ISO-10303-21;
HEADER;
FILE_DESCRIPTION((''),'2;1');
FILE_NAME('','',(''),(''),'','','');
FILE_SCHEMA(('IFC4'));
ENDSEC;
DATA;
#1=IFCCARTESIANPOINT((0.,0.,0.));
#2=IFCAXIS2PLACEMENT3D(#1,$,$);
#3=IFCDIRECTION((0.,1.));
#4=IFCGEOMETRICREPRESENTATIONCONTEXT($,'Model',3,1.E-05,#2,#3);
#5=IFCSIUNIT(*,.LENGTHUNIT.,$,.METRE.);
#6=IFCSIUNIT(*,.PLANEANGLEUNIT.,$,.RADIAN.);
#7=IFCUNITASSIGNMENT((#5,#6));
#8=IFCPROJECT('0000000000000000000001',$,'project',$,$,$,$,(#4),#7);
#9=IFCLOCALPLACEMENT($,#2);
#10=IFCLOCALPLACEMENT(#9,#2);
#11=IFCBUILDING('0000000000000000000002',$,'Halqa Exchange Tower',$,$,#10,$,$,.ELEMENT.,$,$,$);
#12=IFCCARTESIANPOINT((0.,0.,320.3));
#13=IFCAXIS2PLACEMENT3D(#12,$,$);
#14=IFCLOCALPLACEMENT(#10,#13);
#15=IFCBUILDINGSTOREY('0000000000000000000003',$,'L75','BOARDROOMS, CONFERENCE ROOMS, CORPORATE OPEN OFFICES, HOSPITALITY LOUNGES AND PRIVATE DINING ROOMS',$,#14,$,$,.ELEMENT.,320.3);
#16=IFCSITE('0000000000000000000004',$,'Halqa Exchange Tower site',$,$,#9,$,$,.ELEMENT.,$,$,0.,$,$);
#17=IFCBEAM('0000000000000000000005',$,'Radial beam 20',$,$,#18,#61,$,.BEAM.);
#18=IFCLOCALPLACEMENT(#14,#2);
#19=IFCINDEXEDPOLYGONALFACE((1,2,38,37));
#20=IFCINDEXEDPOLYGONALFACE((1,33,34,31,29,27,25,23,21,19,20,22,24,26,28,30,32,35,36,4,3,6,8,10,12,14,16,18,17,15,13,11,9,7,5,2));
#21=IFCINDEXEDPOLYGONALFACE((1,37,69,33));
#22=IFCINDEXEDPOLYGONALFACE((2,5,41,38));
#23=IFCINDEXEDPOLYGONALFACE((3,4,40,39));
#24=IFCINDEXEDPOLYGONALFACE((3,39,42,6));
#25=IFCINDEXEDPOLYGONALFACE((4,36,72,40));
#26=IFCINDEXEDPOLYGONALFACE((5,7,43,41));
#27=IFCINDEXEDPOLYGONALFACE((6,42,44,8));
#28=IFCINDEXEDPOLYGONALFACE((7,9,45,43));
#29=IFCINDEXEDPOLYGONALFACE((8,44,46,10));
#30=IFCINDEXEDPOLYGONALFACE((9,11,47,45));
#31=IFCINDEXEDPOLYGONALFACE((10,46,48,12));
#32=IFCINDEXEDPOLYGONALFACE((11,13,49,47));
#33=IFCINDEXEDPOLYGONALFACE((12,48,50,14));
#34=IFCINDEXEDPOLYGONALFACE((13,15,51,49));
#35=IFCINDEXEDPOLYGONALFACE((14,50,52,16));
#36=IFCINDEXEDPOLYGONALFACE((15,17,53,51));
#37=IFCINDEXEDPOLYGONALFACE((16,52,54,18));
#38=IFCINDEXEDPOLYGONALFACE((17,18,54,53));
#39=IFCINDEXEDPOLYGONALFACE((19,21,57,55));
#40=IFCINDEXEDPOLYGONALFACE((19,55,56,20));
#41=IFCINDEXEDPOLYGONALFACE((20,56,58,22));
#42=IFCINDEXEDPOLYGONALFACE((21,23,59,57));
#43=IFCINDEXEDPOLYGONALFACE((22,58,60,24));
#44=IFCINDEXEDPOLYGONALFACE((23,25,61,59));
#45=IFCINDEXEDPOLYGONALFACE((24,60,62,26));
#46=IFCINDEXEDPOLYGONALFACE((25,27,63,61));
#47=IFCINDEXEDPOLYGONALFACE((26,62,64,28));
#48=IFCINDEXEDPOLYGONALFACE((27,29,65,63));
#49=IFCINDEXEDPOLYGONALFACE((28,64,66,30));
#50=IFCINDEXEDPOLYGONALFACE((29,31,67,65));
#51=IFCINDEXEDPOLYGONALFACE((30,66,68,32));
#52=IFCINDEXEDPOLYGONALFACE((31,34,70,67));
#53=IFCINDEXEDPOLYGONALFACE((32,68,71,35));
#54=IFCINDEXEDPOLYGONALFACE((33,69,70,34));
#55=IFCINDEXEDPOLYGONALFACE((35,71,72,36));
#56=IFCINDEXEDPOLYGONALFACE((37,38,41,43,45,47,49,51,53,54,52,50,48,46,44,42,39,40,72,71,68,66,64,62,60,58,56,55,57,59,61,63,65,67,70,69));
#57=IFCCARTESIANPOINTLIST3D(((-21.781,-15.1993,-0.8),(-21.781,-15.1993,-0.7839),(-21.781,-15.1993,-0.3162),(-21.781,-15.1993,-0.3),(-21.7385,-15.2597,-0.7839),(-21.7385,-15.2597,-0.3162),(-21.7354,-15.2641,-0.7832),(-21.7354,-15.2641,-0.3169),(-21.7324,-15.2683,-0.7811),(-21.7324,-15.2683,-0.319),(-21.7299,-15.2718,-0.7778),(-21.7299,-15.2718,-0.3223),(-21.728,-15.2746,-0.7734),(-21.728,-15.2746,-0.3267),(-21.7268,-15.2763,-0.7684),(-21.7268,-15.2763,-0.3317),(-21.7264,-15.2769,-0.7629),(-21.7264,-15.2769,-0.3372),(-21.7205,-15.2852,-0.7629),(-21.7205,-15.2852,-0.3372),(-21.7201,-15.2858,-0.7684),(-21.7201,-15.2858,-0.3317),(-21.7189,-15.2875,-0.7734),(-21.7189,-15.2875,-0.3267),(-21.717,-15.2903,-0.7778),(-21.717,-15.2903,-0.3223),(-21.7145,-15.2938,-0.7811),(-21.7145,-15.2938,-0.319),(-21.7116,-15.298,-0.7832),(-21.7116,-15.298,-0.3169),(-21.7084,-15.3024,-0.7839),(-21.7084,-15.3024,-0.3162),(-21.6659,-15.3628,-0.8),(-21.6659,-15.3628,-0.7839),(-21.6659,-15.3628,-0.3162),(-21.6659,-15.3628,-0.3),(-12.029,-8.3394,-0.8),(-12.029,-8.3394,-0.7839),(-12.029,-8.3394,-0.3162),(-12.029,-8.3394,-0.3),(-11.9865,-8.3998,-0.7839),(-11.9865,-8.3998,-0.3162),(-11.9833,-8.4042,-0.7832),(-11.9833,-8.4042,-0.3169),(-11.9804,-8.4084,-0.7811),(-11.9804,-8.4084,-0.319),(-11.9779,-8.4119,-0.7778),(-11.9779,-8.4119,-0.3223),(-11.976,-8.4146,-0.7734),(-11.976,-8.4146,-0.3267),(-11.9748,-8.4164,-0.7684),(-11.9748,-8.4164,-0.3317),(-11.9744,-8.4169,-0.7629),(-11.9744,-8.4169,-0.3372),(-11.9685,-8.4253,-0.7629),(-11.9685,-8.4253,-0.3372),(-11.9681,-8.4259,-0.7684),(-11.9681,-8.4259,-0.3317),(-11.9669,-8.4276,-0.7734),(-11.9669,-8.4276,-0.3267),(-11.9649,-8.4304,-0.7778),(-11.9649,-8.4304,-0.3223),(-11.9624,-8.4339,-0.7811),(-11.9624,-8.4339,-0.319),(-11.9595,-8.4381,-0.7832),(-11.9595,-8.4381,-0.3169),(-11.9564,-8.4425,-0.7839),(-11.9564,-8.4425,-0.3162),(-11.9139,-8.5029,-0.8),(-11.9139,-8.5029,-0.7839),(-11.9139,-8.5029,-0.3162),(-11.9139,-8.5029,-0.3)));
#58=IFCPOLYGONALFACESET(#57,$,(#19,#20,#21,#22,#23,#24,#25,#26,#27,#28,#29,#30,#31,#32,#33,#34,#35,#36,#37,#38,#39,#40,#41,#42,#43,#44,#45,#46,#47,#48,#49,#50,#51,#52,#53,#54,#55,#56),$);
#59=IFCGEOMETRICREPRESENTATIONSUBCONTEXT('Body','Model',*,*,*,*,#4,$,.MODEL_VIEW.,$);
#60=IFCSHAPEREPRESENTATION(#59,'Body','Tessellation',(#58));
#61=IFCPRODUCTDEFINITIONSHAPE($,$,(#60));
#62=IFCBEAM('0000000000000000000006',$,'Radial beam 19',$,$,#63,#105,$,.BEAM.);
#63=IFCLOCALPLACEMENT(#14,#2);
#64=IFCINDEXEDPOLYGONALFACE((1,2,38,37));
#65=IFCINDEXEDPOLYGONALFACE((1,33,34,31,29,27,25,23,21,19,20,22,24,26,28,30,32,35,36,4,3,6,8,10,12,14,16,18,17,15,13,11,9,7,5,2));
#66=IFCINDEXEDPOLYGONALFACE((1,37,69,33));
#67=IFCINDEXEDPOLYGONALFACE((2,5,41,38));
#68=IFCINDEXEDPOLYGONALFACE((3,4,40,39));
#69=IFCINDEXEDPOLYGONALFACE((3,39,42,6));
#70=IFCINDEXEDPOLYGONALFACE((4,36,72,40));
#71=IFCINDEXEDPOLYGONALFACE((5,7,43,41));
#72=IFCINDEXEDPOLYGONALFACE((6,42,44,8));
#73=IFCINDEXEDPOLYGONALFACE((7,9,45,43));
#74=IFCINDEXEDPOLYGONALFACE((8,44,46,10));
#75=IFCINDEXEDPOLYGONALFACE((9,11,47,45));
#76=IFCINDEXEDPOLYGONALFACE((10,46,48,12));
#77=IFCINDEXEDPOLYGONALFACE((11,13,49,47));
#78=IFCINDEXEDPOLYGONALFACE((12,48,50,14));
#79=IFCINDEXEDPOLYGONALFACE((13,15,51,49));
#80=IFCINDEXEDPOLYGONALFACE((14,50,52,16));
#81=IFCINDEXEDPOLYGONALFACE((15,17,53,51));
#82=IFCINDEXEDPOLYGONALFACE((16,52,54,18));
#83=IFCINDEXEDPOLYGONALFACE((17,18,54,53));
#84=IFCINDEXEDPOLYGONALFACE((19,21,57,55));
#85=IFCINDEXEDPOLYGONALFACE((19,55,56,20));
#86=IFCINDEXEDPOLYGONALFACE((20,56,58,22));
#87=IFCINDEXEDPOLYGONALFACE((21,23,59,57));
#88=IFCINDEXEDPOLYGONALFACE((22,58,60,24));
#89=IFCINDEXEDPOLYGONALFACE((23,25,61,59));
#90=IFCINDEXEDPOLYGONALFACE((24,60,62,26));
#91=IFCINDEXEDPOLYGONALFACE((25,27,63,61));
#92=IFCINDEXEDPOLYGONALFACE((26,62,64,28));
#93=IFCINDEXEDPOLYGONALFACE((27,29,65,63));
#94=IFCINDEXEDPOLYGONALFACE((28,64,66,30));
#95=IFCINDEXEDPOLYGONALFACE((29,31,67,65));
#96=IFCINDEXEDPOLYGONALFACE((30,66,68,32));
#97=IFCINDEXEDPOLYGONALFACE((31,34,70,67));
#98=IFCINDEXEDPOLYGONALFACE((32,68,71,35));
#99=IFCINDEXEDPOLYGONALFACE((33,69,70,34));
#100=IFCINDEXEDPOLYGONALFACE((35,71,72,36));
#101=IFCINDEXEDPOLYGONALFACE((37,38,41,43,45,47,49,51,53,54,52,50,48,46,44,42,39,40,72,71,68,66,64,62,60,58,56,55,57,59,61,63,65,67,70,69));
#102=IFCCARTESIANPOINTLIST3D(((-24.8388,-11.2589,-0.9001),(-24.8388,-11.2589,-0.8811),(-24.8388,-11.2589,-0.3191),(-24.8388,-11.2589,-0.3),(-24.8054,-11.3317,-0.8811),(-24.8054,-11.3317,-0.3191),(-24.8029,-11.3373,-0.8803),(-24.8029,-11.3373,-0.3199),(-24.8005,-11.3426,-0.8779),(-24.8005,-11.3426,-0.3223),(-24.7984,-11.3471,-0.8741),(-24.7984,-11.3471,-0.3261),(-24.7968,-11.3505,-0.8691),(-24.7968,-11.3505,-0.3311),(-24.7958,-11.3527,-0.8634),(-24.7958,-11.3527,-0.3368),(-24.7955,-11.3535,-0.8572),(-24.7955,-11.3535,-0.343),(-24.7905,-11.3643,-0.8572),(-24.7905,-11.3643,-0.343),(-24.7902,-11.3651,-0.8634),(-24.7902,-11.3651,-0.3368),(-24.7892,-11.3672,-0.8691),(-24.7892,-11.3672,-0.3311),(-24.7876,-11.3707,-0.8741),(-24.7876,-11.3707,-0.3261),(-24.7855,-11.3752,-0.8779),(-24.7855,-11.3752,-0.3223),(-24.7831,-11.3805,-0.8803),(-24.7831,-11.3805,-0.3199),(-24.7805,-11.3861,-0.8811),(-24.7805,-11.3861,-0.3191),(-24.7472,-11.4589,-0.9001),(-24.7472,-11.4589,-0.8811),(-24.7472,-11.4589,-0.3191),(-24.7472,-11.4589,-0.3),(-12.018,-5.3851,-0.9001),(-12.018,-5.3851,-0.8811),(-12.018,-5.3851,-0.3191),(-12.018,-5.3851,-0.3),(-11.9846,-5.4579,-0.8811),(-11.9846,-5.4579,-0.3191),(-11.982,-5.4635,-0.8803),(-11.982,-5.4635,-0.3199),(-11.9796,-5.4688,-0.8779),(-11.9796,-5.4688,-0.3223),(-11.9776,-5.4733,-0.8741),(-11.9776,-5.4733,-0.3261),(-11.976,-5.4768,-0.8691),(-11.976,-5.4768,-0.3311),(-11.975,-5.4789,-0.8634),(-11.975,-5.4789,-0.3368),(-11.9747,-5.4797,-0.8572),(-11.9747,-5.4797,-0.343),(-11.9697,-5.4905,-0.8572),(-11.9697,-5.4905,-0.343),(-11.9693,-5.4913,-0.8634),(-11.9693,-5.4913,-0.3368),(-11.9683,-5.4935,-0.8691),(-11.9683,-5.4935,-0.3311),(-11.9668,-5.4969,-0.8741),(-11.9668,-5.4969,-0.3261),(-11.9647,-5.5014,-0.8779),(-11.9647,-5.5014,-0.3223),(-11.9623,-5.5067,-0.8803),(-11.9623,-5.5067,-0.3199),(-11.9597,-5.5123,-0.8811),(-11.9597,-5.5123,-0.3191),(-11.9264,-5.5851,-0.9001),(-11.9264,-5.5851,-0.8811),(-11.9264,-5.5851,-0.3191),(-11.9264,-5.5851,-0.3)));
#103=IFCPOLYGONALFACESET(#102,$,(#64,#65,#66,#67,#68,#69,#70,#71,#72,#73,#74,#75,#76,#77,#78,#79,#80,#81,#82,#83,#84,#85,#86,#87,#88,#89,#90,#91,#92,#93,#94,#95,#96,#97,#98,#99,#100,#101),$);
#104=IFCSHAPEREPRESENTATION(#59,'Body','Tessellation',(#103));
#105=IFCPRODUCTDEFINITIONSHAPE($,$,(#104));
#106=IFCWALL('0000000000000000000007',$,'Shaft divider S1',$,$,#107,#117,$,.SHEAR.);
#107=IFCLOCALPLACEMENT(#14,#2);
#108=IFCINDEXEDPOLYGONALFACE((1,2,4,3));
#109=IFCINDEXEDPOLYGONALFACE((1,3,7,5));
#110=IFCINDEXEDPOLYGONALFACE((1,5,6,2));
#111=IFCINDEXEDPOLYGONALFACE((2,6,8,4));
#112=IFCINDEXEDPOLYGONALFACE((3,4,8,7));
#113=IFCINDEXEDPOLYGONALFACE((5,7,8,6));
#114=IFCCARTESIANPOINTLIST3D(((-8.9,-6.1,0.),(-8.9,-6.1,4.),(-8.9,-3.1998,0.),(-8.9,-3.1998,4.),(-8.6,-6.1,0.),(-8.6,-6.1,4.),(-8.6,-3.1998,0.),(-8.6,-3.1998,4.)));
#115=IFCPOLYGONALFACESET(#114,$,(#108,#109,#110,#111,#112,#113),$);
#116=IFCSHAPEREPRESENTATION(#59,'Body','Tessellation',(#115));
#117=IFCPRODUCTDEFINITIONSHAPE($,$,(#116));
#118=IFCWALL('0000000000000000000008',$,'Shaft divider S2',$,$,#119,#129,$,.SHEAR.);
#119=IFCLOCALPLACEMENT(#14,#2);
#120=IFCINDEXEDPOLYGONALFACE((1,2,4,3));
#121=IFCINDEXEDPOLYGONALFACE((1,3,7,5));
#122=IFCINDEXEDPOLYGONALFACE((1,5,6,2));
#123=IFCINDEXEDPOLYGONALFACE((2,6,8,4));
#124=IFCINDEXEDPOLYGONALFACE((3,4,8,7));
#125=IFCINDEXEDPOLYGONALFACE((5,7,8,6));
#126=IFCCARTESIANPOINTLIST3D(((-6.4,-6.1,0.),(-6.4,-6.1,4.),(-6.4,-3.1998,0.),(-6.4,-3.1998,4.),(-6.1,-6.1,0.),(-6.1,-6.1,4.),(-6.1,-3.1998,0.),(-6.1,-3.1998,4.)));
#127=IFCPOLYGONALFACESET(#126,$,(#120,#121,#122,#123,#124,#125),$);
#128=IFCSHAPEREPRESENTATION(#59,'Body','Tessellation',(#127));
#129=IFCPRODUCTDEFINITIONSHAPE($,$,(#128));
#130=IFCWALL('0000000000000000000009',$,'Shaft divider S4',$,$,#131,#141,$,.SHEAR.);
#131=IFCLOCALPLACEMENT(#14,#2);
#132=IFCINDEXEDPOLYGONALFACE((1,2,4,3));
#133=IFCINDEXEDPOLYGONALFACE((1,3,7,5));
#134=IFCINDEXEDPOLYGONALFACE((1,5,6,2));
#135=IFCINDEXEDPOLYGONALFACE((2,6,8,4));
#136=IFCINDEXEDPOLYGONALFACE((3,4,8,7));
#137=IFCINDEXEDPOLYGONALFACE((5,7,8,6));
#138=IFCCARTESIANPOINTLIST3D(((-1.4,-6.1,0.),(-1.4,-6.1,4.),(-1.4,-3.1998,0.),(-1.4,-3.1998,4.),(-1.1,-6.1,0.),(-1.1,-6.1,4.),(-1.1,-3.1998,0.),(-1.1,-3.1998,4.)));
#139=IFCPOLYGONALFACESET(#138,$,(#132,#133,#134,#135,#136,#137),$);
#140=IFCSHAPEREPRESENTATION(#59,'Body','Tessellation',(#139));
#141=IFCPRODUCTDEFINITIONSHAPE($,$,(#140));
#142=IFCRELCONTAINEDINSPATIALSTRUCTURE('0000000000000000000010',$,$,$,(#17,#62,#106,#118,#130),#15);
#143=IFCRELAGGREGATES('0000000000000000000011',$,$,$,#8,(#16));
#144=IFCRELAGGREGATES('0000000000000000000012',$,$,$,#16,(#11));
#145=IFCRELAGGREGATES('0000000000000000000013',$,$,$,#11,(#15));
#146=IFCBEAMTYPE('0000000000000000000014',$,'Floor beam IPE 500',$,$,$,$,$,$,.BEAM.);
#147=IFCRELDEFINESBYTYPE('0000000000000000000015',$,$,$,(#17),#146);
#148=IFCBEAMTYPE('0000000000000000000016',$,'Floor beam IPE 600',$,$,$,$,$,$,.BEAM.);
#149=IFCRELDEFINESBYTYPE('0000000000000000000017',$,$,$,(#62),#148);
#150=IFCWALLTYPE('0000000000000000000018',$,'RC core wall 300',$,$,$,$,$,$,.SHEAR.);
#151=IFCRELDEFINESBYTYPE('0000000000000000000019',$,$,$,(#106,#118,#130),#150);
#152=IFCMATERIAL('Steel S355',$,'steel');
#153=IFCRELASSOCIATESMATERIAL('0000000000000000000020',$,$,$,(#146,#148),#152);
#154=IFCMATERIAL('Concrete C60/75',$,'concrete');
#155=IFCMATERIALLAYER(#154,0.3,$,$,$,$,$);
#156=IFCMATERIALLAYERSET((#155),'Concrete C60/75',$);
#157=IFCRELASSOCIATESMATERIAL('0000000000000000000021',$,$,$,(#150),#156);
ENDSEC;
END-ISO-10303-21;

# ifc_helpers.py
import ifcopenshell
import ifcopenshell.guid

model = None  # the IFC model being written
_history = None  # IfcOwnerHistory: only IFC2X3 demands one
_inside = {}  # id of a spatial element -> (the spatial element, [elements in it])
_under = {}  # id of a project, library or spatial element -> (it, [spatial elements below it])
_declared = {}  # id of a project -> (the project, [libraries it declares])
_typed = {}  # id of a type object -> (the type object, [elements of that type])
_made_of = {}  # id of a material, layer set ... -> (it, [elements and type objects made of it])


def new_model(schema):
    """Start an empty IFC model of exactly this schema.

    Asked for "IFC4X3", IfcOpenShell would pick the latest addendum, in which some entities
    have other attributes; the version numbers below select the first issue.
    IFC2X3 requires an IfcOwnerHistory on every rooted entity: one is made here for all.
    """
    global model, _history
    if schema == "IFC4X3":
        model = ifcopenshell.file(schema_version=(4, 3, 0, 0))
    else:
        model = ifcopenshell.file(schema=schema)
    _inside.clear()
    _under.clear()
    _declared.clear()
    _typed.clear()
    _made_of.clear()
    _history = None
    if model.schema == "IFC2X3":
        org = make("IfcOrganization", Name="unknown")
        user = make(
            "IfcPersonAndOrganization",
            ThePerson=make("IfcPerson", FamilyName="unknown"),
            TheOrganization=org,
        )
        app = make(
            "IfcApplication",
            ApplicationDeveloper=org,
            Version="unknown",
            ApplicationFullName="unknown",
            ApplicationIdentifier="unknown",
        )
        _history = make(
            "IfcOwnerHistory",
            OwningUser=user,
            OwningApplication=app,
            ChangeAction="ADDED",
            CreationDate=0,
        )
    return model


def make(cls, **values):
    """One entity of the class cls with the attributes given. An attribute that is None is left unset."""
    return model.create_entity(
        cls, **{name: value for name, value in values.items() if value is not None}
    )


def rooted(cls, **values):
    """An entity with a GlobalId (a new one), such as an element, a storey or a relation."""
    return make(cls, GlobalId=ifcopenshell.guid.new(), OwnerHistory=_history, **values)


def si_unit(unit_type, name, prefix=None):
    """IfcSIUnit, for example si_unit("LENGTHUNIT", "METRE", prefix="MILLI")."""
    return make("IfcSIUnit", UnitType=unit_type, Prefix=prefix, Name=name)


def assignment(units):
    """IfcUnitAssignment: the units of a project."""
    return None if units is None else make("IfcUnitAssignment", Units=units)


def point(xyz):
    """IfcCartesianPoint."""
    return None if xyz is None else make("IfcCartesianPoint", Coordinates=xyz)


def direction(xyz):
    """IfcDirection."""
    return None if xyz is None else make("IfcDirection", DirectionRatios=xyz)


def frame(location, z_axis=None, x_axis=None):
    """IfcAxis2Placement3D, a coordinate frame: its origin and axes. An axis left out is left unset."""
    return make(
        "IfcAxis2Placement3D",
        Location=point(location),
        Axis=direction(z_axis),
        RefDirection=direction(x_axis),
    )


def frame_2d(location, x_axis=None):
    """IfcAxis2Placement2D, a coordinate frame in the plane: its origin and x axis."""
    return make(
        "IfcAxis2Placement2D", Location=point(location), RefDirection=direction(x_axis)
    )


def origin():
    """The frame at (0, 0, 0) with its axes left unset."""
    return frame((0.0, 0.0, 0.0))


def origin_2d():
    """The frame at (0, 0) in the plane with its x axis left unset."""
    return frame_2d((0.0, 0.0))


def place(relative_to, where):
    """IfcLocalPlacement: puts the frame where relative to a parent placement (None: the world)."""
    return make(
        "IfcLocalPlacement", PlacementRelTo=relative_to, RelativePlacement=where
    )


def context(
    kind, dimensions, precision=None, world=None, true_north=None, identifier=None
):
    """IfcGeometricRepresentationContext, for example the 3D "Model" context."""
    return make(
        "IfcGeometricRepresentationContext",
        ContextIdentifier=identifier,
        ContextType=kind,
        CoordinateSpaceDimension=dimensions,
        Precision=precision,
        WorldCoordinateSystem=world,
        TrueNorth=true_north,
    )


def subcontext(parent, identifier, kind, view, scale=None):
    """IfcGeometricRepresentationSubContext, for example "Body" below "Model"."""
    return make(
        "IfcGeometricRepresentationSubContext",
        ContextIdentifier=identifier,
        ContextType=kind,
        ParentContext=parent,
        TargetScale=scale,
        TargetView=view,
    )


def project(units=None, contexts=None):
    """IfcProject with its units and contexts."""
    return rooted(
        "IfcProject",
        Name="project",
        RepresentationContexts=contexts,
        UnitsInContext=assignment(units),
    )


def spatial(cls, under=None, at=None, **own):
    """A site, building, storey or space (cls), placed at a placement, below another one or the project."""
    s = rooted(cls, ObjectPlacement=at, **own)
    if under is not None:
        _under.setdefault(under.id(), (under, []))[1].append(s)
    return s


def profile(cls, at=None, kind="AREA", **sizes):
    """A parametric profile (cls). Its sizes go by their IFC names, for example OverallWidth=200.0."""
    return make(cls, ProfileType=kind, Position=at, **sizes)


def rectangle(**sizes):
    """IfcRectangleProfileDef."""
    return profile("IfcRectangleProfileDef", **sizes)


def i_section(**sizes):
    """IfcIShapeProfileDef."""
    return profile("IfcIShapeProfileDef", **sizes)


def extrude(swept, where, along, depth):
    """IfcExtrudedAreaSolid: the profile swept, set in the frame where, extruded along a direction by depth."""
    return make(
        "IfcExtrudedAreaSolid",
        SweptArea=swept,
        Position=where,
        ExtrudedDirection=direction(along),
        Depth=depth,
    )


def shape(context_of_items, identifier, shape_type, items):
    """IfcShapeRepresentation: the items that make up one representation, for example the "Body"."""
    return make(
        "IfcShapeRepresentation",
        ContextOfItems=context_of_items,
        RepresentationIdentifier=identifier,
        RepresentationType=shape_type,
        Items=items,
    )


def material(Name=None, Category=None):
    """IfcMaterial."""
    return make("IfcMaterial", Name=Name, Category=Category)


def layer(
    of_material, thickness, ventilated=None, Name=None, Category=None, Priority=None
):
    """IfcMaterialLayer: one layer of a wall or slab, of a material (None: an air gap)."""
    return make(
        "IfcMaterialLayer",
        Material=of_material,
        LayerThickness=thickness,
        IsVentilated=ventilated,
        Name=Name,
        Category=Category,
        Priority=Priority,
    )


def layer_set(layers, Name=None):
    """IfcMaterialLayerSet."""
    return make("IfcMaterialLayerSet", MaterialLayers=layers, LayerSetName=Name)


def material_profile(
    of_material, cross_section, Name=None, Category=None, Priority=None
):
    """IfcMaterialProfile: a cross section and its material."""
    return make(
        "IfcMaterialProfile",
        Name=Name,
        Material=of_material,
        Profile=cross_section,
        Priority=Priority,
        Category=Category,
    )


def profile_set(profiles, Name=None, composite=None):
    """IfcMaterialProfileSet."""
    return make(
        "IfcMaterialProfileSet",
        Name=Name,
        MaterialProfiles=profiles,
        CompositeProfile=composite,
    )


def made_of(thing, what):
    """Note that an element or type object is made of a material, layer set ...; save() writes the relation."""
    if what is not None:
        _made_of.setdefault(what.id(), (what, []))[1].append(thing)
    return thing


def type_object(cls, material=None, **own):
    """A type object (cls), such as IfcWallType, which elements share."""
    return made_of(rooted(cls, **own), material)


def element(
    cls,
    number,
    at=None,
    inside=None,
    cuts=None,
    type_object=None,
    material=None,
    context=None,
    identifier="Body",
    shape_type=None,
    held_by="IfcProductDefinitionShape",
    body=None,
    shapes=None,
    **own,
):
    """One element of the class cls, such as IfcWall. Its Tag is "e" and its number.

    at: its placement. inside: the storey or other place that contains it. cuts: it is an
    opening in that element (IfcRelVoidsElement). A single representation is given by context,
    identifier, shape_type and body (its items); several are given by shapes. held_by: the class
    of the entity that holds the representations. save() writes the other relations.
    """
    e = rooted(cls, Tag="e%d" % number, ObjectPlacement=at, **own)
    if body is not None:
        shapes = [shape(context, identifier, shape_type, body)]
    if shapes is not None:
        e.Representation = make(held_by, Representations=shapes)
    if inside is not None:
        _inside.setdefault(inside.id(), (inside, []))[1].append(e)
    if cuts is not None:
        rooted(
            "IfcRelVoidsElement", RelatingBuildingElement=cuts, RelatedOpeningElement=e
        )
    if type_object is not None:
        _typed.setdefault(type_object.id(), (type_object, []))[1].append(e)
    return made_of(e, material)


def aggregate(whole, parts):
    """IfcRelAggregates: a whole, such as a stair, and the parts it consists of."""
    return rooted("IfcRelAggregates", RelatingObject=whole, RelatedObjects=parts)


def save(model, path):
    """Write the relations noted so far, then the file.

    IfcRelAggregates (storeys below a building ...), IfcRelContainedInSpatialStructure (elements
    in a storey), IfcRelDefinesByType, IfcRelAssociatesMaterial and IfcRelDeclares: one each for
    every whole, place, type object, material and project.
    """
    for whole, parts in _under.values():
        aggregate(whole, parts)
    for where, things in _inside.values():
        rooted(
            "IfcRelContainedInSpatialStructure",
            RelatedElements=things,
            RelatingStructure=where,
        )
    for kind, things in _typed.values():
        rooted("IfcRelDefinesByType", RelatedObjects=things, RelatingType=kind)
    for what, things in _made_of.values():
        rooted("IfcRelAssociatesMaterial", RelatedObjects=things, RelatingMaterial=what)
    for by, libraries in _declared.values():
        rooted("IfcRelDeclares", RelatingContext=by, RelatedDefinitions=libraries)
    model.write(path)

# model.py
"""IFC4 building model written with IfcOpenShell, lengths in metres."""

from ifc_helpers import new_model, si_unit, direction, frame, frame_2d, origin, origin_2d, place, context, subcontext, project, spatial, rectangle, i_section, extrude, material, layer, layer_set, material_profile, profile_set, type_object, element, save


model = new_model("IFC4")

# Units and contexts
model_context = context("Model", 3, precision=1e-05, world=origin(), true_north=direction((0.0, 1.0)))
body_context = subcontext(model_context, "Body", "Model", "MODEL_VIEW")
ifc_project = project(units=[si_unit("LENGTHUNIT", "METRE"), si_unit("PLANEANGLEUNIT", "RADIAN")], contexts=[model_context])

# Site, building, storey
site_placement = place(None, origin())
site = spatial("IfcSite", under=ifc_project, at=site_placement, Name="Halqa Exchange Tower site", CompositionType="ELEMENT", RefElevation=0.0)
building_placement = place(site_placement, origin())
building = spatial("IfcBuilding", under=site, at=building_placement, Name="Halqa Exchange Tower", CompositionType="ELEMENT")
storey_placement = place(building_placement, frame((0.0, 0.0, 320.3)))
storey = spatial("IfcBuildingStorey", under=building, at=storey_placement, Name="L75", Description="BOARDROOMS, CONFERENCE ROOMS, CORPORATE OPEN OFFICES, HOSPITALITY LOUNGES AND PRIVATE DINING ROOMS", CompositionType="ELEMENT", Elevation=320.3)

# Beams
ifc_material_1 = material(Name="Steel S355", Category="steel")
ifc_material_profile_1 = material_profile(ifc_material_1, i_section(OverallWidth=0.2, OverallDepth=0.5, WebThickness=0.0103, FlangeThickness=0.0161, FilletRadius=0.021, at=origin_2d()), Name="IPE 500")
ifc_profile_set_1 = profile_set([ifc_material_profile_1], Name="Steel S355")
beam_type_1 = type_object("IfcBeamType", Name="Floor beam IPE 500", PredefinedType="BEAM", material=ifc_profile_set_1)
beam_1_placement = place(storey_placement, frame((-11.9714, -8.4211, -0.55), z_axis=(-0.81791, -0.575346, 0.0), x_axis=(0.575346, -0.81791, 0.0)))
element("IfcBeam", 1, at=beam_1_placement, inside=storey, type_object=beam_type_1, Name="Radial beam 20", PredefinedType="BEAM", context=body_context, shape_type="SweptSolid", body=[
    extrude(i_section(OverallWidth=0.2, OverallDepth=0.5, WebThickness=0.0103, FlangeThickness=0.0161, FilletRadius=0.021, at=origin_2d()), origin(), (0.0, 0.0, 1.0), 11.9231),
])
ifc_material_profile_2 = material_profile(ifc_material_1, i_section(OverallWidth=0.22, OverallDepth=0.6001, WebThickness=0.012, FlangeThickness=0.019, FilletRadius=0.0239, at=origin_2d()), Name="IPE 600")
ifc_profile_set_2 = profile_set([ifc_material_profile_2], Name="Steel S355")
beam_type_2 = type_object("IfcBeamType", Name="Floor beam IPE 600", PredefinedType="BEAM", material=ifc_profile_set_2)
beam_2_placement = place(storey_placement, frame((-11.9722, -5.4851, -0.6001), z_axis=(-0.90913, -0.416513, 0.0), x_axis=(0.416513, -0.90913, 0.0)))
element("IfcBeam", 2, at=beam_2_placement, inside=storey, type_object=beam_type_2, Name="Radial beam 19", PredefinedType="BEAM", context=body_context, shape_type="SweptSolid", body=[
    extrude(i_section(OverallWidth=0.22, OverallDepth=0.6001, WebThickness=0.012, FlangeThickness=0.019, FilletRadius=0.0239, at=origin_2d()), origin(), (0.0, 0.0, 1.0), 14.1023),
])

# Walls
ifc_material_2 = material(Name="Concrete C60/75", Category="concrete")
ifc_layer_1 = layer(ifc_material_2, 0.3)
ifc_layer_set_1 = layer_set([ifc_layer_1], Name="Concrete C60/75")
wall_type_1 = type_object("IfcWallType", Name="RC core wall 300", PredefinedType="SHEAR", material=ifc_layer_set_1)
for number, where, z_axis, x_axis, name in (
    (3, (-8.75, -6.1001, 0.0), (0.0, 0.0, 1.0), (0.0, 1.0, 0.0), "Shaft divider S1"),
    (4, (-6.25, -6.1001, 0.0), (0.0, 0.0, 1.0), (0.0, 1.0, 0.0), "Shaft divider S2"),
    (5, (-1.25, -6.1001, 0.0), (0.0, 0.0, 1.0), (0.0, 1.0, 0.0), "Shaft divider S4"),
):
    element("IfcWall", number, at=place(storey_placement, frame(where, z_axis=z_axis, x_axis=x_axis)), inside=storey, type_object=wall_type_1, Name=name, PredefinedType="SHEAR", context=body_context, shape_type="SweptSolid", body=[
        extrude(rectangle(XDim=2.9001, YDim=0.3, at=frame_2d((1.4502, 0.0))), origin(), (0.0, 0.0, 1.0), 4.0),
    ])

save(model, "model.ifc")
